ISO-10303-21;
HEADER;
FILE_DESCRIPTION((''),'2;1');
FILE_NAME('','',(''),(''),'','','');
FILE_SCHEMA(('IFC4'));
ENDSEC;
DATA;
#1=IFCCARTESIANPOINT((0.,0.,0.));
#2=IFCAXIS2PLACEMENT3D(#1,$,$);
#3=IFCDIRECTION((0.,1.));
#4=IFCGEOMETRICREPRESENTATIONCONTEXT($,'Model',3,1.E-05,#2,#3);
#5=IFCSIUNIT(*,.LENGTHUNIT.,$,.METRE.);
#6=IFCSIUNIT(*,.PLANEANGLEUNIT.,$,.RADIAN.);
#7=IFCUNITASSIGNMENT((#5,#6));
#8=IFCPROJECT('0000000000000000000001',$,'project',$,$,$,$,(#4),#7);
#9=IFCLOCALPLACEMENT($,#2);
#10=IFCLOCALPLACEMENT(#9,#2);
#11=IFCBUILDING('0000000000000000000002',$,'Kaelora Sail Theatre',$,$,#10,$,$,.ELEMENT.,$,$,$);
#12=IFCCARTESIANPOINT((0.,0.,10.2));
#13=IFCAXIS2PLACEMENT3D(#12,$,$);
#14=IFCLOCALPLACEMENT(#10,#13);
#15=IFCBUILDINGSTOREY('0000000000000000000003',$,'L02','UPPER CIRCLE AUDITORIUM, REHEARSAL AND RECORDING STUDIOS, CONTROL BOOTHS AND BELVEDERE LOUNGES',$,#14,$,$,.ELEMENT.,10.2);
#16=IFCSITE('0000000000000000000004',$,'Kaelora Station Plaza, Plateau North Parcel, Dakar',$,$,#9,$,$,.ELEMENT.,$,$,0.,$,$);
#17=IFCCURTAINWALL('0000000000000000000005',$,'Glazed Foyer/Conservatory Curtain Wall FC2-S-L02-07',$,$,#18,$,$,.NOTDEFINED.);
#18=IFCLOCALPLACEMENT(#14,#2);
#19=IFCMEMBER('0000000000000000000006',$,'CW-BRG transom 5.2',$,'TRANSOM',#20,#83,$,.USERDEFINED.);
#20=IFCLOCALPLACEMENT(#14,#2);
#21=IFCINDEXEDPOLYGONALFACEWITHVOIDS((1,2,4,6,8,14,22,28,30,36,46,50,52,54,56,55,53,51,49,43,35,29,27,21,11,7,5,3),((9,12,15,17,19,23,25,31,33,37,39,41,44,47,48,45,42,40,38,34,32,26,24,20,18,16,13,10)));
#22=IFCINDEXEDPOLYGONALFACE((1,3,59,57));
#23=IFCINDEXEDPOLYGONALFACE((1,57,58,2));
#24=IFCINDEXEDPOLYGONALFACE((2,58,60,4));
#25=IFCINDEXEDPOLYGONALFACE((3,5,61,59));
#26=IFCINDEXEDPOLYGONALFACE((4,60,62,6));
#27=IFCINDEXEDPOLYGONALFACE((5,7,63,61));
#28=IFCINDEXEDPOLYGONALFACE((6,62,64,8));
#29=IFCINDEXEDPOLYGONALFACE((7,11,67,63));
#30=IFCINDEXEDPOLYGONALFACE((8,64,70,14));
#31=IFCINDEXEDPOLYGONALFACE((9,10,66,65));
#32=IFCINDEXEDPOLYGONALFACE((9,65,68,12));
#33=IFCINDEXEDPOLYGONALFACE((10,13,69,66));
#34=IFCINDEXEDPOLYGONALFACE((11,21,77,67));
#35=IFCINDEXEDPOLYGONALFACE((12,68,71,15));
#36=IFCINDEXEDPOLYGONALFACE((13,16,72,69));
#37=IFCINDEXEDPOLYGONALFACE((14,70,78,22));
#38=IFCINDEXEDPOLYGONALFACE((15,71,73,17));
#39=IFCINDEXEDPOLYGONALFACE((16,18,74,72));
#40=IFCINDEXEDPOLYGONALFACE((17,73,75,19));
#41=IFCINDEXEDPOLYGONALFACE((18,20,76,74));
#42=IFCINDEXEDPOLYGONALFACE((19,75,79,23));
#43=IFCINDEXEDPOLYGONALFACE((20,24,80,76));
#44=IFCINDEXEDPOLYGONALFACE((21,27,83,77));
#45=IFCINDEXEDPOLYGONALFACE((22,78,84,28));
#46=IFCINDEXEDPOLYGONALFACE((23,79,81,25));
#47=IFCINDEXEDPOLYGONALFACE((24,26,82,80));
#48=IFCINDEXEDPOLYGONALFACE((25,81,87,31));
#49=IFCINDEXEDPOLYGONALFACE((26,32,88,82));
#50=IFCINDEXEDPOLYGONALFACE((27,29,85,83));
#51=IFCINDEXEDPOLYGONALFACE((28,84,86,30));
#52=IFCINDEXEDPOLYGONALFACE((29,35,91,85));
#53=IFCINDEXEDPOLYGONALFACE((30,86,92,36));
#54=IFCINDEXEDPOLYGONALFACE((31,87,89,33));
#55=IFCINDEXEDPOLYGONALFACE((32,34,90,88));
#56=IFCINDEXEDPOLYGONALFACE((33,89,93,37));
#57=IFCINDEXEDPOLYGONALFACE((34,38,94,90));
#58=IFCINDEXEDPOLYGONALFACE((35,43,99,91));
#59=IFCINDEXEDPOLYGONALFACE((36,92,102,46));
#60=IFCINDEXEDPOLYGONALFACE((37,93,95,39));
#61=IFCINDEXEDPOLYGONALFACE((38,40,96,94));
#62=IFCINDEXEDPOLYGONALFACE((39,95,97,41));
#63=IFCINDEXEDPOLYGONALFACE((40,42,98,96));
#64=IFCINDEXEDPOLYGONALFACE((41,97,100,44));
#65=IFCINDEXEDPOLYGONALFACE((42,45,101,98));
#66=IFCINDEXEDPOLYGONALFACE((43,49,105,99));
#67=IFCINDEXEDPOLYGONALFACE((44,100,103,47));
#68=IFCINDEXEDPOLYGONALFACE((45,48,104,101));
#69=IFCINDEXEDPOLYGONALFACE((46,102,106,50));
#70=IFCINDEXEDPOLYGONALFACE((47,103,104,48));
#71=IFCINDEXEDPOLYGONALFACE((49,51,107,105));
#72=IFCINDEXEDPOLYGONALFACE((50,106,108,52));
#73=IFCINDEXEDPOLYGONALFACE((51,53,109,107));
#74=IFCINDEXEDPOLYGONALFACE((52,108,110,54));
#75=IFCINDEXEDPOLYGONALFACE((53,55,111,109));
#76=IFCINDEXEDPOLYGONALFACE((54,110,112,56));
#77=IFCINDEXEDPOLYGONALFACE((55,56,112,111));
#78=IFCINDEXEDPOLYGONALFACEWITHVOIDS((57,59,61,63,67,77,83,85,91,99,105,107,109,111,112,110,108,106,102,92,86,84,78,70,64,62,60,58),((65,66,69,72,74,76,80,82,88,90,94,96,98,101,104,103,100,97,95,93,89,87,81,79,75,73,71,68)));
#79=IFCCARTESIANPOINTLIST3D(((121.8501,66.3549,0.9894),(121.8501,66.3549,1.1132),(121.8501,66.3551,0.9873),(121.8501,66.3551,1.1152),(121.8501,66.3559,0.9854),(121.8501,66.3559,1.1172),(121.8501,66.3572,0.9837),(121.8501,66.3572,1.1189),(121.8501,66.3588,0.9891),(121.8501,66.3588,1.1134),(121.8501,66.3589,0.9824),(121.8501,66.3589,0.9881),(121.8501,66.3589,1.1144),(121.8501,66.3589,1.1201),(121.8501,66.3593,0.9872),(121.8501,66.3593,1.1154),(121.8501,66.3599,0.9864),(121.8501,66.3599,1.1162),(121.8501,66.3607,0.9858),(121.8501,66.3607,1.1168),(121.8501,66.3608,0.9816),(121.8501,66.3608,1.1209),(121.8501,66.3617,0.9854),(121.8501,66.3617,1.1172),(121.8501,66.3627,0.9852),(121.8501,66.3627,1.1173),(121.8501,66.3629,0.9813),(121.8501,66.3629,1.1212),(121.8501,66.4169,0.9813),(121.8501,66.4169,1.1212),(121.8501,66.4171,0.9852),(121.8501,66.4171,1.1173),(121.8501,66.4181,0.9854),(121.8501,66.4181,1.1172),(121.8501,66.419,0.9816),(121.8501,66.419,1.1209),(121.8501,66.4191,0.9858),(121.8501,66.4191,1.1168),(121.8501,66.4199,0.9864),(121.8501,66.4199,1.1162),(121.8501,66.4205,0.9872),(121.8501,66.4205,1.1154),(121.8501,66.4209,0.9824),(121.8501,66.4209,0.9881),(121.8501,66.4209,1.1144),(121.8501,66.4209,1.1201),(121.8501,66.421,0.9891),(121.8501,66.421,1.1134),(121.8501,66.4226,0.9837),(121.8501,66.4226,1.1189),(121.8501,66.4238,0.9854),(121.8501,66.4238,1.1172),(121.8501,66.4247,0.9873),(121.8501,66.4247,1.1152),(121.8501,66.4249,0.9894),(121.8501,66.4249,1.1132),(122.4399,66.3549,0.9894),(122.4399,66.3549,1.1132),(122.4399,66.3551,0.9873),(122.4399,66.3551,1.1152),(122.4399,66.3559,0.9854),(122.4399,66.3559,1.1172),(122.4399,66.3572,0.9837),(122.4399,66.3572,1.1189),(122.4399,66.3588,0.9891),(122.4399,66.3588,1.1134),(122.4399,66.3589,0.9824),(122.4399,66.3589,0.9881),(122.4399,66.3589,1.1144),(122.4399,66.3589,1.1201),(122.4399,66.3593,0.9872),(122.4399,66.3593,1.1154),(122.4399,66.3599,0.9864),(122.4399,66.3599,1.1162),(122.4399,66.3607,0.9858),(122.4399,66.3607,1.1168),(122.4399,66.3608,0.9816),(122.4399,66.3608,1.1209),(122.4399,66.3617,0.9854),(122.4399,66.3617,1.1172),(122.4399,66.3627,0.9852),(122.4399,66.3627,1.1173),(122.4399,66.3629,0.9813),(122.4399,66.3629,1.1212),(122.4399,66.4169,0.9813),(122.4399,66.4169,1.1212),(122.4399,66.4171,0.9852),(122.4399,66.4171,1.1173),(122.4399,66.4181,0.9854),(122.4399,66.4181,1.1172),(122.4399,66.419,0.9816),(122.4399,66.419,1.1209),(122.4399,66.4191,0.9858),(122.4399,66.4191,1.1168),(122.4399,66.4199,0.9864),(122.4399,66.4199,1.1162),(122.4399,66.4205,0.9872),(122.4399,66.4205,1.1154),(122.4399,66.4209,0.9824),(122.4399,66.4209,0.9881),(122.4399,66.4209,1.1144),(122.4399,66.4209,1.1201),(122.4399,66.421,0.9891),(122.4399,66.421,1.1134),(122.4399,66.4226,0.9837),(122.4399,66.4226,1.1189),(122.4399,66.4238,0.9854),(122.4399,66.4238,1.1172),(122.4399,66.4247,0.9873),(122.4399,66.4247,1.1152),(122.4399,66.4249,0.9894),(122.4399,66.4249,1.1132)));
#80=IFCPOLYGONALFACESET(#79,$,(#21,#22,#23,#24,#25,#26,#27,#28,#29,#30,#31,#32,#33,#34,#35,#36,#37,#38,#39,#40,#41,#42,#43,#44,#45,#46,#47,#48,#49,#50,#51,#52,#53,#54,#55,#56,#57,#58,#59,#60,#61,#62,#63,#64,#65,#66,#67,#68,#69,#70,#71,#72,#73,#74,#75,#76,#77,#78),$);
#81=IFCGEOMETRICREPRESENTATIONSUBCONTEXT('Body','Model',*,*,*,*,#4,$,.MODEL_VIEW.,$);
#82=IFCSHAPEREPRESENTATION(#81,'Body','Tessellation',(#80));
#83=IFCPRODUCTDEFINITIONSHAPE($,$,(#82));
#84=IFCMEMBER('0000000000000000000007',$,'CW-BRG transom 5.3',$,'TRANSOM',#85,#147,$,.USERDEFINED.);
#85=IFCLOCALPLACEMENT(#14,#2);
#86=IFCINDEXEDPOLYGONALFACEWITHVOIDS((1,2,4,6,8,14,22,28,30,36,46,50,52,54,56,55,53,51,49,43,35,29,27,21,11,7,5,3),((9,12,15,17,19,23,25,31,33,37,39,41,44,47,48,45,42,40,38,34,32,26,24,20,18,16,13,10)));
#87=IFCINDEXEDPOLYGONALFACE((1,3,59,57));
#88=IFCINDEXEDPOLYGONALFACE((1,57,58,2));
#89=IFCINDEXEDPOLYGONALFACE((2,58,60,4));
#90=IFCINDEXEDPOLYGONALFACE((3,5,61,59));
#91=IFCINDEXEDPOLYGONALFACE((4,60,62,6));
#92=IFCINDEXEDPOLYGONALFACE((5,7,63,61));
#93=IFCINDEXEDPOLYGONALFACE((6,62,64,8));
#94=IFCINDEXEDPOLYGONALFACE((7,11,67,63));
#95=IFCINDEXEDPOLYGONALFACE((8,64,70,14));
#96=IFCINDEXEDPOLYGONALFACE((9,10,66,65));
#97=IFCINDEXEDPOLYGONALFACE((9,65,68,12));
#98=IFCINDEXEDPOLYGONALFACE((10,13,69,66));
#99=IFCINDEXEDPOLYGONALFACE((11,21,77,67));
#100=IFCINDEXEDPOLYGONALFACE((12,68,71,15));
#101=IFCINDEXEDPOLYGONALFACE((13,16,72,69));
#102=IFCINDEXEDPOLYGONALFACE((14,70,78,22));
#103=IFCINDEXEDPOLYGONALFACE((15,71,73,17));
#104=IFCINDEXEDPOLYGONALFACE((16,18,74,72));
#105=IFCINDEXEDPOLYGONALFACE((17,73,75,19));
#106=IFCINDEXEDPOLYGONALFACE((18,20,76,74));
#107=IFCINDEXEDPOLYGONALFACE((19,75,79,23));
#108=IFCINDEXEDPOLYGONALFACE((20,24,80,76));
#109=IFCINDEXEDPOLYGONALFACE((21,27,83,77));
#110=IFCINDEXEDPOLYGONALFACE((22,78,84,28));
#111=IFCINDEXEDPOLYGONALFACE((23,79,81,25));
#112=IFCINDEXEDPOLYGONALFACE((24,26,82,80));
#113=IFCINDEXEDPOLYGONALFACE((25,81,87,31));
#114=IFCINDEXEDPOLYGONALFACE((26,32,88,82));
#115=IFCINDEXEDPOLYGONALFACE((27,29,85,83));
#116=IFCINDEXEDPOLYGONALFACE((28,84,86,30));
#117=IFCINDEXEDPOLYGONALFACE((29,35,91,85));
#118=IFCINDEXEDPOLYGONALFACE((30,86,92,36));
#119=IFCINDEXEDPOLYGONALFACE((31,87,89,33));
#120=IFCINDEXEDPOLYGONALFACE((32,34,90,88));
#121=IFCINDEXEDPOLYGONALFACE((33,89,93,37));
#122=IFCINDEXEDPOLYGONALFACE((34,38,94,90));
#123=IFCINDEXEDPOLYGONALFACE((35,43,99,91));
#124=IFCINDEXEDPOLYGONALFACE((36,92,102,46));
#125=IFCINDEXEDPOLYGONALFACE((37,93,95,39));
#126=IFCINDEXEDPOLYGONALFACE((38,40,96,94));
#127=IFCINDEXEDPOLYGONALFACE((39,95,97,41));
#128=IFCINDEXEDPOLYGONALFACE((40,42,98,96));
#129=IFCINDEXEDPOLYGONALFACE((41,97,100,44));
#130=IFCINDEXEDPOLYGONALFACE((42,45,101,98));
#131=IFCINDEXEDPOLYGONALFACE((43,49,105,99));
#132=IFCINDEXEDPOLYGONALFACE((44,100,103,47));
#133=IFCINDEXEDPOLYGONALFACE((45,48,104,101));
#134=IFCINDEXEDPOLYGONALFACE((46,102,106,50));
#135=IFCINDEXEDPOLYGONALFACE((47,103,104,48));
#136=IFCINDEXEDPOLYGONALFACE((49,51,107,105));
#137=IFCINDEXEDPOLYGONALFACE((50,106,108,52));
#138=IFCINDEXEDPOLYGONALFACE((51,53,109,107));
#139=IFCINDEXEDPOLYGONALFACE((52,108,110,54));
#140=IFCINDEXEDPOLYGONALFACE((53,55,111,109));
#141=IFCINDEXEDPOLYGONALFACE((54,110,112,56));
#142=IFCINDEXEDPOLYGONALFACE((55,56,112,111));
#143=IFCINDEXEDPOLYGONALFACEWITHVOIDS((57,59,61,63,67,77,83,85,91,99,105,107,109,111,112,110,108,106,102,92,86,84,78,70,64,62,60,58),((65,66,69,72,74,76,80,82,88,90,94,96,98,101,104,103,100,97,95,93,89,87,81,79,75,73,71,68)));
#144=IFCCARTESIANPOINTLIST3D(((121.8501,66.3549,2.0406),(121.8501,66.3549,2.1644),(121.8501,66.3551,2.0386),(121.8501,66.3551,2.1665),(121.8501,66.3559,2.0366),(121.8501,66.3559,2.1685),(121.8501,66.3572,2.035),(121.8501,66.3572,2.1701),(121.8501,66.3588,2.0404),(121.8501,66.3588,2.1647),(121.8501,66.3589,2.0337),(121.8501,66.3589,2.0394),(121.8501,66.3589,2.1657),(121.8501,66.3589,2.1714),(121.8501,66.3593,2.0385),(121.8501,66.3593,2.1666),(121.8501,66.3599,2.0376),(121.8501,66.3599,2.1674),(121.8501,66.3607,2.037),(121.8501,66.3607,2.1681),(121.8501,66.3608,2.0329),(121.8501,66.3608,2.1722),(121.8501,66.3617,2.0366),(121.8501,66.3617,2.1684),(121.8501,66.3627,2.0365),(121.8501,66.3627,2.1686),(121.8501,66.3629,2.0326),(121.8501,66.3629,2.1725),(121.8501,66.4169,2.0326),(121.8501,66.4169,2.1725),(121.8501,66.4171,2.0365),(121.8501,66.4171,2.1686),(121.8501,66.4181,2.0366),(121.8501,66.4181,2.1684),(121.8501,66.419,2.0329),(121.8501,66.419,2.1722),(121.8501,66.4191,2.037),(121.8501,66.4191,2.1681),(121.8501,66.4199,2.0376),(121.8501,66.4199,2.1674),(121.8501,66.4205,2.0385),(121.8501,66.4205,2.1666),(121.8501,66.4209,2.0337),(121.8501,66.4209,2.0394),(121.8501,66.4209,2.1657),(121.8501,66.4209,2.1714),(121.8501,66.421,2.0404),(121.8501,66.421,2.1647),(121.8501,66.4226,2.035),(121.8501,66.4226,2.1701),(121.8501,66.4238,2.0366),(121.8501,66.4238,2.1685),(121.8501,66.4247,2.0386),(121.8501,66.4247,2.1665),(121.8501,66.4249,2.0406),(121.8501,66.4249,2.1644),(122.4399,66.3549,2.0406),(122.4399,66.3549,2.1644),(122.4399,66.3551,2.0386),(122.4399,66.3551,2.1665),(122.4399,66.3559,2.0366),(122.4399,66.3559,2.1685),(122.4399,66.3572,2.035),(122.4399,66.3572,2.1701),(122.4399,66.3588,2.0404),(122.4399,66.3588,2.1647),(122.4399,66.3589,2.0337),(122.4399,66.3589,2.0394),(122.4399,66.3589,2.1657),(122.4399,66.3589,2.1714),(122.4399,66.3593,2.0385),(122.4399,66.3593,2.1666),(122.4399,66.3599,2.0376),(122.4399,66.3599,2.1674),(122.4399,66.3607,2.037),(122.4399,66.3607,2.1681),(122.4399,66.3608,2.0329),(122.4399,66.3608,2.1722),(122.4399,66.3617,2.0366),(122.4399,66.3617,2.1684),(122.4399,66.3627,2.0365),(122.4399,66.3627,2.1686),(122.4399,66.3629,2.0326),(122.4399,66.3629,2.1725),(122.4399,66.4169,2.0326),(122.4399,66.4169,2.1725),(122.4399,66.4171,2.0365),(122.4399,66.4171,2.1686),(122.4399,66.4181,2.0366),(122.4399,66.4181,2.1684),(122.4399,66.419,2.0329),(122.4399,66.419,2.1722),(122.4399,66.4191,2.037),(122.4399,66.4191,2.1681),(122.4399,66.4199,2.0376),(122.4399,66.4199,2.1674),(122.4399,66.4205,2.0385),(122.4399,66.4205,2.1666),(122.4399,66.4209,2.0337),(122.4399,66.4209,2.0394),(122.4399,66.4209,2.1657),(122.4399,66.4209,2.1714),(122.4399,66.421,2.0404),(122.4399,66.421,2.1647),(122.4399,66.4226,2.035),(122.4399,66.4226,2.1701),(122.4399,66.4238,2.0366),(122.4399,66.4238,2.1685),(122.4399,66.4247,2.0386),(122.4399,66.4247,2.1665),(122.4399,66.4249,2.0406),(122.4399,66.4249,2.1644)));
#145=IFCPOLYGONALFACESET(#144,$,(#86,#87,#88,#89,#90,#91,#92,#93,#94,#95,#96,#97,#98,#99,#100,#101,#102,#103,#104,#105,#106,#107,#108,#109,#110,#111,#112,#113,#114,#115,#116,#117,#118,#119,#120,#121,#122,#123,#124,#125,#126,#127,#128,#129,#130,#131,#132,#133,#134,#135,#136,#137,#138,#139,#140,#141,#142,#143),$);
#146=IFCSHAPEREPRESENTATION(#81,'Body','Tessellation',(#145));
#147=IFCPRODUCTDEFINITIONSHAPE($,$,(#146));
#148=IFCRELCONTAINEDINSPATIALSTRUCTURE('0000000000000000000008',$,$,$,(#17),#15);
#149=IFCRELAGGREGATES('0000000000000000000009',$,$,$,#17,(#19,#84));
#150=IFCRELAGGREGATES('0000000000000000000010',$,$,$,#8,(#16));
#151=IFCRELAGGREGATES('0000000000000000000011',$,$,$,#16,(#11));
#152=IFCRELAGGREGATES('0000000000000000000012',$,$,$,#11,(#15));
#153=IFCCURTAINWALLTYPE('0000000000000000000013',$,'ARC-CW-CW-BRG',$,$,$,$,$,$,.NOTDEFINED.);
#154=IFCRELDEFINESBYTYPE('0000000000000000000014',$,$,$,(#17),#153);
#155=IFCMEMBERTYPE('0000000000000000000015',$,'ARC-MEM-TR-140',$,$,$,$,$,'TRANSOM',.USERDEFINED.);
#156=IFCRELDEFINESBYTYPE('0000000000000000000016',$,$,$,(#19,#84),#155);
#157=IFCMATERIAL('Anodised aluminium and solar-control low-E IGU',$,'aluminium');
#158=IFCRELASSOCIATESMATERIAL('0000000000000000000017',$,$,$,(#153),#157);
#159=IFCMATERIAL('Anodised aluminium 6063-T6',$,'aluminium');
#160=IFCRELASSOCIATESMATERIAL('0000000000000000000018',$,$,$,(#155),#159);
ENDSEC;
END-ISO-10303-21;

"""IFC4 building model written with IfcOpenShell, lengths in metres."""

from ifc_helpers import new_model, si_unit, direction, frame, origin, origin_2d, place, context, subcontext, project, spatial, hollow_rectangle, extrude, material, material_profile, profile_set, type_object, element, aggregate, save


model = new_model("IFC4")

# Units and contexts
model_context = context("Model", 3, precision=1e-05, world=origin(), true_north=direction((0.0, 1.0)))
body_context = subcontext(model_context, "Body", "Model", "MODEL_VIEW")
ifc_project = project(units=[si_unit("LENGTHUNIT", "METRE"), si_unit("PLANEANGLEUNIT", "RADIAN")], contexts=[model_context])

# Site, building, storey
site_placement = place(None, origin())
site = spatial("IfcSite", under=ifc_project, at=site_placement, Name="Kaelora Station Plaza, Plateau North Parcel, Dakar", CompositionType="ELEMENT", RefElevation=0.0)
building_placement = place(site_placement, origin())
building = spatial("IfcBuilding", under=site, at=building_placement, Name="Kaelora Sail Theatre", CompositionType="ELEMENT")
storey_placement = place(building_placement, frame((0.0, 0.0, 10.2)))
storey = spatial("IfcBuildingStorey", under=building, at=storey_placement, Name="L02", Description="UPPER CIRCLE AUDITORIUM, REHEARSAL AND RECORDING STUDIOS, CONTROL BOOTHS AND BELVEDERE LOUNGES", CompositionType="ELEMENT", Elevation=10.2)

# Curtain wall
ifc_material_1 = material(Name="Anodised aluminium and solar-control low-E IGU", Category="aluminium")
curtain_wall_type = type_object("IfcCurtainWallType", Name="ARC-CW-CW-BRG", PredefinedType="NOTDEFINED", material=ifc_material_1)
curtain_wall_1_placement = place(storey_placement, origin())
curtain_wall_1 = element("IfcCurtainWall", 1, at=curtain_wall_1_placement, inside=storey, type_object=curtain_wall_type, Name="Glazed Foyer/Conservatory Curtain Wall FC2-S-L02-07", PredefinedType="NOTDEFINED")

# Members
ifc_material_2 = material(Name="Anodised aluminium 6063-T6", Category="aluminium")
ifc_material_profile_1 = material_profile(ifc_material_2, hollow_rectangle(XDim=0.0701, YDim=0.1399, WallThickness=0.0039, InnerFilletRadius=0.0039, OuterFilletRadius=0.0081, at=origin_2d()), Name="ALU-TRAN 70x140x4")
ifc_profile_set_1 = profile_set([ifc_material_profile_1], Name="Anodised aluminium 6063-T6")
member_type_1 = type_object("IfcMemberType", Name="ARC-MEM-TR-140", ElementType="TRANSOM", PredefinedType="USERDEFINED", material=ifc_profile_set_1)
member_1_placement = place(storey_placement, frame((121.8501, 66.3899, 1.0513), z_axis=(1.0, 0.0, 0.0), x_axis=(0.0, 1.0, 0.0)))
member_1 = element("IfcMember", 2, at=member_1_placement, type_object=member_type_1, Name="CW-BRG transom 5.2", ObjectType="TRANSOM", PredefinedType="USERDEFINED", context=body_context, shape_type="SweptSolid", body=[
    extrude(hollow_rectangle(XDim=0.0701, YDim=0.1399, WallThickness=0.0039, InnerFilletRadius=0.0039, OuterFilletRadius=0.0081, at=origin_2d()), origin(), (0.0, 0.0, 1.0), 0.5898),
])
member_2_placement = place(storey_placement, frame((121.8501, 66.3899, 2.1025), z_axis=(1.0, 0.0, 0.0), x_axis=(0.0, 1.0, 0.0)))
member_2 = element("IfcMember", 3, at=member_2_placement, type_object=member_type_1, Name="CW-BRG transom 5.3", ObjectType="TRANSOM", PredefinedType="USERDEFINED", context=body_context, shape_type="SweptSolid", body=[
    extrude(hollow_rectangle(XDim=0.0701, YDim=0.1399, WallThickness=0.0039, InnerFilletRadius=0.0039, OuterFilletRadius=0.0081, at=origin_2d()), origin(), (0.0, 0.0, 1.0), 0.5898),
])

aggregate(curtain_wall_1, [member_1, member_2])

save(model, "model.ifc")
